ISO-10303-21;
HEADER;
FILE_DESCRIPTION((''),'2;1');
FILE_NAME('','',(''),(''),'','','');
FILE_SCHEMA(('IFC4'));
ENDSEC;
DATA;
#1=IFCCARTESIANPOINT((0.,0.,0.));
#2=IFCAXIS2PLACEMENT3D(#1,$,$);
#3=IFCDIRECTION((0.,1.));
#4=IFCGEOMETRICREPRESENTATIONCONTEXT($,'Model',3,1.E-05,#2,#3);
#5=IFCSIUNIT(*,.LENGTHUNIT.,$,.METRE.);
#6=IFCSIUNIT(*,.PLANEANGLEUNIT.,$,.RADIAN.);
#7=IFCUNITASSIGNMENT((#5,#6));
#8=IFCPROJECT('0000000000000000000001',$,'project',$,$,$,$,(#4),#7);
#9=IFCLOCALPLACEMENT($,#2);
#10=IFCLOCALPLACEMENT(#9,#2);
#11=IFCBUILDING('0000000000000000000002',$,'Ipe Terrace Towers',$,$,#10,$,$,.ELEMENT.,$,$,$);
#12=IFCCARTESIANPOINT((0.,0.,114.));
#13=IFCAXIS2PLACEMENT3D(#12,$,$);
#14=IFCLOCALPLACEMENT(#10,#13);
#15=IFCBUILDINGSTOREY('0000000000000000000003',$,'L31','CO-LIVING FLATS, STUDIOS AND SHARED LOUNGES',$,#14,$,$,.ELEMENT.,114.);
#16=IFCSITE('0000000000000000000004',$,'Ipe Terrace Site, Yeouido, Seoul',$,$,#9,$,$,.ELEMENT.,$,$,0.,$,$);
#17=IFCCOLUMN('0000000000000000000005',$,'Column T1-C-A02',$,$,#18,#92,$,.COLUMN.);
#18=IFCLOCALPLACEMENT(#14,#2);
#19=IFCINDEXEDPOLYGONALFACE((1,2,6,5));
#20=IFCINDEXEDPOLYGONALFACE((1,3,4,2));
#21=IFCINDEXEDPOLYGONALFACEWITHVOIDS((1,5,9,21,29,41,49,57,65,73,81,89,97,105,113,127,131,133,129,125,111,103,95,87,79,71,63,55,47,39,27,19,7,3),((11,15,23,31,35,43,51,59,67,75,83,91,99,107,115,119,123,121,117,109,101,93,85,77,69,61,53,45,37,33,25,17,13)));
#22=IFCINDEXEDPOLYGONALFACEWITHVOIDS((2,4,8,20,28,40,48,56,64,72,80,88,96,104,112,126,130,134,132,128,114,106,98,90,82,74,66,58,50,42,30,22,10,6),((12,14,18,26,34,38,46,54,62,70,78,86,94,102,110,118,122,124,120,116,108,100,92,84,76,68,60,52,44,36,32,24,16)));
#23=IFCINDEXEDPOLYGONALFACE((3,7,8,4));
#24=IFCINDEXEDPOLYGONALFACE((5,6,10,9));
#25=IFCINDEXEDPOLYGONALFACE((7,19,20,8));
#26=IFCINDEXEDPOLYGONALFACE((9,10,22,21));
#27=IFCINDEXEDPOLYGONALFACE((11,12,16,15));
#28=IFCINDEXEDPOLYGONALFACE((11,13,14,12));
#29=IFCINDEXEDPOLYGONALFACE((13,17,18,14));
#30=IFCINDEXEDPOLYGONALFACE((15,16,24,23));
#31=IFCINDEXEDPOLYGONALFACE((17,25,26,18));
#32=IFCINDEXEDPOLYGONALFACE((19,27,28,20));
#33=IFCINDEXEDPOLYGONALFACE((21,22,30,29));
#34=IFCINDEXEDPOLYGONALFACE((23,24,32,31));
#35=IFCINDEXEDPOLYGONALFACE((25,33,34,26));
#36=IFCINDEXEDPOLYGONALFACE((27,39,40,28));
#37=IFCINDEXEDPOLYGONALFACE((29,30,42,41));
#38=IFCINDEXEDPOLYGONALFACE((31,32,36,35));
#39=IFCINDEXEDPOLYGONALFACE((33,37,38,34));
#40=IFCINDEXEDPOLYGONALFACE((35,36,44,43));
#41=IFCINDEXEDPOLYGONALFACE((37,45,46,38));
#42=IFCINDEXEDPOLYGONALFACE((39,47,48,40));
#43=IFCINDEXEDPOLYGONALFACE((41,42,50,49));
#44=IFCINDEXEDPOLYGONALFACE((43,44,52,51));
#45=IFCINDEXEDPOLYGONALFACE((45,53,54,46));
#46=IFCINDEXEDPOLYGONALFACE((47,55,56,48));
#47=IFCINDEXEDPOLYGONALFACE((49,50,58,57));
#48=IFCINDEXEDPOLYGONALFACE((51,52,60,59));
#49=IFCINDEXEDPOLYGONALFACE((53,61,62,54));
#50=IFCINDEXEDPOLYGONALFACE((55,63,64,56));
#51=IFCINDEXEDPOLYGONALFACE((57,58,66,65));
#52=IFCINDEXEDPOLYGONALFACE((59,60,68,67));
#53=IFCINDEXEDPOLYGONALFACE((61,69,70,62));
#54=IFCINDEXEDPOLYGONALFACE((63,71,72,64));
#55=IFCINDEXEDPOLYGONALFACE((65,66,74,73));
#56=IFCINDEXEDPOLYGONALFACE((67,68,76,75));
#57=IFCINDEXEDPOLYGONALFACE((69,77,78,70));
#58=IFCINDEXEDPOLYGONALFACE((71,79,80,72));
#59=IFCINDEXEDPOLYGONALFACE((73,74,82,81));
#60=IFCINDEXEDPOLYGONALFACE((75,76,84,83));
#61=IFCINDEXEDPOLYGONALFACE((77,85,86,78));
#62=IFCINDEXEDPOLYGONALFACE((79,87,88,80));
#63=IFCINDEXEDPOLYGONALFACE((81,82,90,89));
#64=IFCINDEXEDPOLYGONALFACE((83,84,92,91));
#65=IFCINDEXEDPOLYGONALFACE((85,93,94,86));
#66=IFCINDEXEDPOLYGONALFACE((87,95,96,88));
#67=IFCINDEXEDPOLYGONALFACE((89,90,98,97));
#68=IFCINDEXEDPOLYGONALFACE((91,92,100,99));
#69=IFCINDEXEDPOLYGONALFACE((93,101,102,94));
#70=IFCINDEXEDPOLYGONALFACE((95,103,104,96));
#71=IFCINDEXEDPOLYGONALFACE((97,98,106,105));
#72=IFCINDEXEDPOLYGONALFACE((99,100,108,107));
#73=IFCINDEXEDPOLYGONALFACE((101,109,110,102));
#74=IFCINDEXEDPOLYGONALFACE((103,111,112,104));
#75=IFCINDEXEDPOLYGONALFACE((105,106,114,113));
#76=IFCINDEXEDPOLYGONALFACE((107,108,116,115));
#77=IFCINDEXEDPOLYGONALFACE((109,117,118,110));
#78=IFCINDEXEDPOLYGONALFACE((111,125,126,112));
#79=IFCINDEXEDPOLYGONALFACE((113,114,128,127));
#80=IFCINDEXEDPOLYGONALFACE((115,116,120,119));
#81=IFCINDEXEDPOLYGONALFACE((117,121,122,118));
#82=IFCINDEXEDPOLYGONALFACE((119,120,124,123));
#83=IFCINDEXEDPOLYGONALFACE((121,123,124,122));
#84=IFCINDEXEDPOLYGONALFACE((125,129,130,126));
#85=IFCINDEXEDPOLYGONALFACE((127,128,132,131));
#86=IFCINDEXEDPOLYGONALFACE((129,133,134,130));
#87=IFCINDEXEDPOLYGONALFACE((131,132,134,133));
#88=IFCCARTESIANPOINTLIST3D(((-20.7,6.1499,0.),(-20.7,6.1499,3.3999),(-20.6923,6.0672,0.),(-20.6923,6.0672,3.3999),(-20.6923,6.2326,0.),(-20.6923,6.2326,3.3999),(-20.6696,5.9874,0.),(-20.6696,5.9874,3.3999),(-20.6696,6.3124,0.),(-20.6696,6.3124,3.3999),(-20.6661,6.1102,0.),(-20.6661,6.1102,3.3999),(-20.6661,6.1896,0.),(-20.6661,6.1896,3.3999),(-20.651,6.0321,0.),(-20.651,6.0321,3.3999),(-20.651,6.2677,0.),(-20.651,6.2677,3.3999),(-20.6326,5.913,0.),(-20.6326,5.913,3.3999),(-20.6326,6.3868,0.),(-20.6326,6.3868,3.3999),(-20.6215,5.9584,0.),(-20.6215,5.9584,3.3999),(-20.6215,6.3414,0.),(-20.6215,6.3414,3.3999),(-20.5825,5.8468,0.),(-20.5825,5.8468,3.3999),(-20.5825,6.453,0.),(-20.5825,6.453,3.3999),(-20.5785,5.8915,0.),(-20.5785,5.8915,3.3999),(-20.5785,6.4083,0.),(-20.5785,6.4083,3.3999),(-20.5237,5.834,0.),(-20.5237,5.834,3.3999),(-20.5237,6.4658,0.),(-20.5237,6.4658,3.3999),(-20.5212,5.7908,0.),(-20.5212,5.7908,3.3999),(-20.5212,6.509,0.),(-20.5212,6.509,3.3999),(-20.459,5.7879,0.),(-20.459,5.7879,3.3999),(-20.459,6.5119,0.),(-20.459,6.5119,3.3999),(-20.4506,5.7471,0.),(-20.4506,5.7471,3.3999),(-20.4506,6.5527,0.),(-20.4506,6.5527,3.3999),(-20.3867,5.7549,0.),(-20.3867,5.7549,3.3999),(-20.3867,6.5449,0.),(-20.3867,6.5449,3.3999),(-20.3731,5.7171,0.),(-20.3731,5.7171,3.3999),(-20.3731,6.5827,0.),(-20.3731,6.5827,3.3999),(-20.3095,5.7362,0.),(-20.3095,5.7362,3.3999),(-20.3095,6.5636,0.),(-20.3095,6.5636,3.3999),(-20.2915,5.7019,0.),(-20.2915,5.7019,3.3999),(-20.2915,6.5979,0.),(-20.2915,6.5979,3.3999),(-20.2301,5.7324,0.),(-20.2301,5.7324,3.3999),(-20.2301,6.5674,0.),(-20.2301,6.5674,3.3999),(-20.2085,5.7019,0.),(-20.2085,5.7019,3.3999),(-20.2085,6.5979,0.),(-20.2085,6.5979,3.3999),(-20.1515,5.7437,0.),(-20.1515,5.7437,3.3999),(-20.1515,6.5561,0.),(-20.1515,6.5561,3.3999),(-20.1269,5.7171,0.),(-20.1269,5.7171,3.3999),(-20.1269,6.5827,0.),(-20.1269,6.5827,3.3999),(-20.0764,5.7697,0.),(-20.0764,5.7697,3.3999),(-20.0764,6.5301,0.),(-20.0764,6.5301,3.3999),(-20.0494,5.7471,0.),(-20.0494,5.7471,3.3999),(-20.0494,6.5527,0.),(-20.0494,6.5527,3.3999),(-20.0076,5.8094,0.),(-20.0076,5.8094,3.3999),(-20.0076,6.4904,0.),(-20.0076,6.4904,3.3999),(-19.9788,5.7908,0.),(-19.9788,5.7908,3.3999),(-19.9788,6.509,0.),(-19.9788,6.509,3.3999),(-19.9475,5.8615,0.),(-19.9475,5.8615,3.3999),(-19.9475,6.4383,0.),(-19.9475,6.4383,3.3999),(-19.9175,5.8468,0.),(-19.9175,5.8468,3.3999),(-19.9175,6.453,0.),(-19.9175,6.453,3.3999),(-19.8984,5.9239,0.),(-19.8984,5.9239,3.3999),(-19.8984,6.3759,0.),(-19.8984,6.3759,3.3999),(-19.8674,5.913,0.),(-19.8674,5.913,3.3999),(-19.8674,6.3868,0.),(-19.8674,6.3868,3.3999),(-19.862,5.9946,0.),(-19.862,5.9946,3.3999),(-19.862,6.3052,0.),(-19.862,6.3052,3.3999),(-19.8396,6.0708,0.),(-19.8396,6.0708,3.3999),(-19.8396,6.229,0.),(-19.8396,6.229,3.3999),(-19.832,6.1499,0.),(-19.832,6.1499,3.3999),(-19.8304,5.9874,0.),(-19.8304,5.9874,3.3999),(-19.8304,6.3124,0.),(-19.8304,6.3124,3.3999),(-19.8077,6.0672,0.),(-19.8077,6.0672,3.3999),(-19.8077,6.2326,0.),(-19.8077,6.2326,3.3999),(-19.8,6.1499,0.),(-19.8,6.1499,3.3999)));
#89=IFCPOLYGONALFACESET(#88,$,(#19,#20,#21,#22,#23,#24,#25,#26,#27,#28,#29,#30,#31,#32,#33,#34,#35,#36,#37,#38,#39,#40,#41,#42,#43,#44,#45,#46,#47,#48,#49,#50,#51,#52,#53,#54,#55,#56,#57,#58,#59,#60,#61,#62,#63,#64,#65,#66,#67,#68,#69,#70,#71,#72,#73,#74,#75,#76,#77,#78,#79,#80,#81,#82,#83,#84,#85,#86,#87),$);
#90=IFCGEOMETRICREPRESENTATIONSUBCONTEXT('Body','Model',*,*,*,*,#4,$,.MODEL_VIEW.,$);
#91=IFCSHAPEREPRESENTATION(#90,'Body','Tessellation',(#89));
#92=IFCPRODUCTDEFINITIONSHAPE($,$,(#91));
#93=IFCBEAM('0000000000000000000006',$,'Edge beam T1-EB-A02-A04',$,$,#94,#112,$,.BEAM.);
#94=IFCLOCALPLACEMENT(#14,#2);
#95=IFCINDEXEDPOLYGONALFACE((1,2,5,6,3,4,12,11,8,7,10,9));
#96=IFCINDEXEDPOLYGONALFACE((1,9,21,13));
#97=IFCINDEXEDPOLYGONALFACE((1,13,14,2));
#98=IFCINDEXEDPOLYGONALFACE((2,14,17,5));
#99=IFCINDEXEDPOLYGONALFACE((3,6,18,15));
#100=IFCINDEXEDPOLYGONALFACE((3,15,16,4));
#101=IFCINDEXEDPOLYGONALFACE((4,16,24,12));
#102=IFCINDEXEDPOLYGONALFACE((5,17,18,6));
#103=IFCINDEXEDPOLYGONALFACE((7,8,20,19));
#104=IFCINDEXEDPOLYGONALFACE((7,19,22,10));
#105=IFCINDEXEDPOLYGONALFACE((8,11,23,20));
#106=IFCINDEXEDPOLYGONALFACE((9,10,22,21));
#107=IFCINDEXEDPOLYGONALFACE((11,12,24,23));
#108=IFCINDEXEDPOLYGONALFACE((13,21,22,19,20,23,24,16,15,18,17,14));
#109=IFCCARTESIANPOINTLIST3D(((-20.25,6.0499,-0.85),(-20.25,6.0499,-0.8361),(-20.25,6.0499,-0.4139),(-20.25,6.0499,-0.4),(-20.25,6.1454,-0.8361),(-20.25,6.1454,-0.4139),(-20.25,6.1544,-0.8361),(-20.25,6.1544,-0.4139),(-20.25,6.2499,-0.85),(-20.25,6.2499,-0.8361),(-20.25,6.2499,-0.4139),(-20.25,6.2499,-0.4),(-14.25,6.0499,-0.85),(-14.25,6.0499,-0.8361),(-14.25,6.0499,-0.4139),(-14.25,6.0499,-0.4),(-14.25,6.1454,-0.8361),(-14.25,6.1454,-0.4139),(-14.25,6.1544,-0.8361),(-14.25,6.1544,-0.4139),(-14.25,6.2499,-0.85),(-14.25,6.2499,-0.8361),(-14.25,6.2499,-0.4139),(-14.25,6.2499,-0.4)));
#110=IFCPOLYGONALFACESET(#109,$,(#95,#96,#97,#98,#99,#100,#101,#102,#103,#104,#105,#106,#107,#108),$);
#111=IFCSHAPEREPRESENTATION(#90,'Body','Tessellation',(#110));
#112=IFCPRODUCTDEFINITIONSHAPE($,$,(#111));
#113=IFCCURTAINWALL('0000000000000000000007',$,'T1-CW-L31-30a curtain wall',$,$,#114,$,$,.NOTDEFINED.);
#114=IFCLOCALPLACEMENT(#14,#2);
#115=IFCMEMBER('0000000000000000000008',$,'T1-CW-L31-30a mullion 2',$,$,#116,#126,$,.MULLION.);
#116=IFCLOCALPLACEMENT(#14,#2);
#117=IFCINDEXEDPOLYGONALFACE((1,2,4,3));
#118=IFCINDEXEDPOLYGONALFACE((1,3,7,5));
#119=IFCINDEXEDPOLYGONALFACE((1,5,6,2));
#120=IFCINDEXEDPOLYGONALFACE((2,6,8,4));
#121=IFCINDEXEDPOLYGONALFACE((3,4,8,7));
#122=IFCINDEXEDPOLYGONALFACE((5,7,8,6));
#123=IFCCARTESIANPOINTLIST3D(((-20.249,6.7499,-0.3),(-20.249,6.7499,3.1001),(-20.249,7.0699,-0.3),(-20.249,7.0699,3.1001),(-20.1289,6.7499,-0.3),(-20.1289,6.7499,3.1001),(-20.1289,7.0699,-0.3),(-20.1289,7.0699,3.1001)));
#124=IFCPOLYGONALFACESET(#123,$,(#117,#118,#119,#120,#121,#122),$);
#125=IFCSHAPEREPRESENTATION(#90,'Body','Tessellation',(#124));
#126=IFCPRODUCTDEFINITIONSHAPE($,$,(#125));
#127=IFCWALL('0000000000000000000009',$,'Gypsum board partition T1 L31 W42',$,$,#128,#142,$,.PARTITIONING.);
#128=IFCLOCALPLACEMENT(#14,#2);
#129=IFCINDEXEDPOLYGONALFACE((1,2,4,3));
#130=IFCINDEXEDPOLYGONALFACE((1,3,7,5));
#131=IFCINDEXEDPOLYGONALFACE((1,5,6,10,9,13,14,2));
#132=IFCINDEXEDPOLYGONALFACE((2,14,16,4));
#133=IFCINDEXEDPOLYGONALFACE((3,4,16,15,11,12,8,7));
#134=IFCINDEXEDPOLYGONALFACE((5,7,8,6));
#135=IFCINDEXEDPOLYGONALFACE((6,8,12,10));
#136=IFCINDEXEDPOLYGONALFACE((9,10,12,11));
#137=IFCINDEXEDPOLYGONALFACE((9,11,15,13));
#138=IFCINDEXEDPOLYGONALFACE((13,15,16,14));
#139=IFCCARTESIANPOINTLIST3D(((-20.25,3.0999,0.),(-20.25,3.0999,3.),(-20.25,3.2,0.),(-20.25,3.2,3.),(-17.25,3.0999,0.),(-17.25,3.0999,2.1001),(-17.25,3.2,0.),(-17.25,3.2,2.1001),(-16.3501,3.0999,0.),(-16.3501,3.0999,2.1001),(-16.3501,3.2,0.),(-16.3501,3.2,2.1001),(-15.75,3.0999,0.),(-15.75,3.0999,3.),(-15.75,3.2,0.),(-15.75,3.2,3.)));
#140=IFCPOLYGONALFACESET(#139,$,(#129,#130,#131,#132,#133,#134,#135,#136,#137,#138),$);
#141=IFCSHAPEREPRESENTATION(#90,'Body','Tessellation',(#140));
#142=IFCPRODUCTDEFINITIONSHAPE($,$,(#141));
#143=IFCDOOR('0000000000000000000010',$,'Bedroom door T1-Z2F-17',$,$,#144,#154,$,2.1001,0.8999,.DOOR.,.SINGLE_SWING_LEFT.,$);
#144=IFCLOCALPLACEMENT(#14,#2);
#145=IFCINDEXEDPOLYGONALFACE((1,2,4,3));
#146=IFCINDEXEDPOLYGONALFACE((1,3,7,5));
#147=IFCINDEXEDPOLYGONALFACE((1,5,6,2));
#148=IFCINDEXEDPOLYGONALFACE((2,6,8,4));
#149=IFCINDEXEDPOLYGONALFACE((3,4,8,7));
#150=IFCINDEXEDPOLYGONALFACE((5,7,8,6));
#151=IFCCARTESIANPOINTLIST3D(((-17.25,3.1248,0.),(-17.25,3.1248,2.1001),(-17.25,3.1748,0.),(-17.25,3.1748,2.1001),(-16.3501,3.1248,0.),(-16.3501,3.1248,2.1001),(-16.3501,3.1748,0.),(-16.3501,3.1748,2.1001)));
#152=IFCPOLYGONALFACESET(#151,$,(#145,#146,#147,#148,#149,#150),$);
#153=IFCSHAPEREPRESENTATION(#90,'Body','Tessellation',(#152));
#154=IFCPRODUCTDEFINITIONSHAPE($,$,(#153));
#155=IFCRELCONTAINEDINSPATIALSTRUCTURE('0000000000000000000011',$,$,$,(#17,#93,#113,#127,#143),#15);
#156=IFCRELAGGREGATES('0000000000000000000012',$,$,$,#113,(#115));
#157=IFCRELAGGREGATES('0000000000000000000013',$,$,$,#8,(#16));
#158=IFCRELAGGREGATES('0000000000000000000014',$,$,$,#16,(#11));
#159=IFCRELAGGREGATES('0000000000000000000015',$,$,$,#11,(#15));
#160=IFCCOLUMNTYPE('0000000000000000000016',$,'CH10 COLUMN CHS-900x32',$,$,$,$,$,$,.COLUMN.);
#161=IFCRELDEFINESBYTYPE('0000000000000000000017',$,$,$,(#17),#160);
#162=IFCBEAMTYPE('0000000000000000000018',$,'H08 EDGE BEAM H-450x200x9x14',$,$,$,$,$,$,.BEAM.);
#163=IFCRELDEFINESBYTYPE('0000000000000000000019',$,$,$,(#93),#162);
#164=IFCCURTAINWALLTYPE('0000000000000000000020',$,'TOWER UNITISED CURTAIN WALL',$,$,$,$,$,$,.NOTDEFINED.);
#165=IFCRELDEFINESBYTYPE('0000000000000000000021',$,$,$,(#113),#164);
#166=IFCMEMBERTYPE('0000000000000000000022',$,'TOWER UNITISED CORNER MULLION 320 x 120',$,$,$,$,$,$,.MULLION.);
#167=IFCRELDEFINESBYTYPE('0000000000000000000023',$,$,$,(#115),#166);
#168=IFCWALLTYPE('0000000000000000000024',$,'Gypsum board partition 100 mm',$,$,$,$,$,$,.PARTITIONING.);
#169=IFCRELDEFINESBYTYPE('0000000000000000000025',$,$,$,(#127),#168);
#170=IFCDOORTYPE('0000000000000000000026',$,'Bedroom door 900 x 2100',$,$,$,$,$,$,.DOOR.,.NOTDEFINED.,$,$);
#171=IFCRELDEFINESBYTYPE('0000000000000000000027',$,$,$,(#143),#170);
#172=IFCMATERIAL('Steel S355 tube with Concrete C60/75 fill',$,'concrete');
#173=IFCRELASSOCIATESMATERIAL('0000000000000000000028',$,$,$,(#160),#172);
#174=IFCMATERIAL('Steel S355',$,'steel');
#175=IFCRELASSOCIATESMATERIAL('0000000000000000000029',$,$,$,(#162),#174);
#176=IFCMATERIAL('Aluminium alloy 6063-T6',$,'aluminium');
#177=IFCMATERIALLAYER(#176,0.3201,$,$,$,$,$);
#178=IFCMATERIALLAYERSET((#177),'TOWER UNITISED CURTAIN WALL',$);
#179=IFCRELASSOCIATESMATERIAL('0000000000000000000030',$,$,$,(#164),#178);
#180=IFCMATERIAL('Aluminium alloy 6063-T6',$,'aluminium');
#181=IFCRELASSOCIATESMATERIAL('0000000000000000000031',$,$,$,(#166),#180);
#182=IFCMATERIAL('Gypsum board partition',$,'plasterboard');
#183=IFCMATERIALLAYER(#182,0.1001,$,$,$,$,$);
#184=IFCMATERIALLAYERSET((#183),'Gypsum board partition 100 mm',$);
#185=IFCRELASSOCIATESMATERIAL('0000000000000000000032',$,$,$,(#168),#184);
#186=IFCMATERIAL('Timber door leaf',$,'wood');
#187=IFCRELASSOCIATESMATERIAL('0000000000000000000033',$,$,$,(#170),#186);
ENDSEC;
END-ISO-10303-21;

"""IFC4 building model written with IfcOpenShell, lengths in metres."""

from ifc_helpers import new_model, si_unit, direction, frame, frame_2d, origin, origin_2d, place, context, subcontext, project, spatial, rectangle, hollow_circle, i_section, extrude, material, layer, layer_set, material_profile, profile_set, type_object, element, fill, aggregate, save


model = new_model("IFC4")

# Units and contexts
model_context = context("Model", 3, precision=1e-05, world=origin(), true_north=direction((0.0, 1.0)))
body_context = subcontext(model_context, "Body", "Model", "MODEL_VIEW")
ifc_project = project(units=[si_unit("LENGTHUNIT", "METRE"), si_unit("PLANEANGLEUNIT", "RADIAN")], contexts=[model_context])

# Site, building, storey
site_placement = place(None, origin())
site = spatial("IfcSite", under=ifc_project, at=site_placement, Name="Ipe Terrace Site, Yeouido, Seoul", CompositionType="ELEMENT", RefElevation=0.0)
building_placement = place(site_placement, origin())
building = spatial("IfcBuilding", under=site, at=building_placement, Name="Ipe Terrace Towers", CompositionType="ELEMENT")
storey_placement = place(building_placement, frame((0.0, 0.0, 114.0)))
storey = spatial("IfcBuildingStorey", under=building, at=storey_placement, Name="L31", Description="CO-LIVING FLATS, STUDIOS AND SHARED LOUNGES", CompositionType="ELEMENT", Elevation=114.0)

# Column
ifc_material_1 = material(Name="Steel S355 tube with Concrete C60/75 fill", Category="concrete")
ifc_material_profile_1 = material_profile(ifc_material_1, hollow_circle(Radius=0.45, WallThickness=0.032, at=origin_2d()), Name="CHS-900x32")
ifc_profile_set_1 = profile_set([ifc_material_profile_1], Name="Steel S355 tube with Concrete C60/75 fill")
column_type = type_object("IfcColumnType", Name="CH10 COLUMN CHS-900x32", PredefinedType="COLUMN", material=ifc_profile_set_1)
column_placement = place(storey_placement, frame((-20.25, 6.1499, 0.0), z_axis=(0.0, 0.0, 1.0), x_axis=(1.0, 0.0, 0.0)))
element("IfcColumn", 1, at=column_placement, inside=storey, type_object=column_type, Name="Column T1-C-A02", PredefinedType="COLUMN", context=body_context, shape_type="SweptSolid", body=[
    extrude(hollow_circle(Radius=0.45, WallThickness=0.032, at=origin_2d()), origin(), (0.0, 0.0, 1.0), 3.3999),
])

# Beam
ifc_material_2 = material(Name="Steel S355", Category="steel")
ifc_material_profile_2 = material_profile(ifc_material_2, i_section(OverallWidth=0.2, OverallDepth=0.45, WebThickness=0.009, FlangeThickness=0.0139, at=origin_2d()), Name="H-450x200x9x14")
ifc_profile_set_2 = profile_set([ifc_material_profile_2], Name="Steel S355")
beam_type = type_object("IfcBeamType", Name="H08 EDGE BEAM H-450x200x9x14", PredefinedType="BEAM", material=ifc_profile_set_2)
beam_placement = place(storey_placement, frame((-20.25, 6.1499, -0.625), z_axis=(1.0, 0.0, 0.0), x_axis=(0.0, 1.0, 0.0)))
element("IfcBeam", 2, at=beam_placement, inside=storey, type_object=beam_type, Name="Edge beam T1-EB-A02-A04", PredefinedType="BEAM", context=body_context, shape_type="SweptSolid", body=[
    extrude(i_section(OverallWidth=0.2, OverallDepth=0.45, WebThickness=0.009, FlangeThickness=0.0139, at=origin_2d()), origin(), (0.0, 0.0, 1.0), 6.0),
])

# Curtain wall, member
ifc_material_3 = material(Name="Aluminium alloy 6063-T6", Category="aluminium")
ifc_layer_1 = layer(ifc_material_3, 0.3201)
ifc_layer_set_1 = layer_set([ifc_layer_1], Name="TOWER UNITISED CURTAIN WALL")
curtain_wall_type = type_object("IfcCurtainWallType", Name="TOWER UNITISED CURTAIN WALL", PredefinedType="NOTDEFINED", material=ifc_layer_set_1)
curtain_wall_placement = place(storey_placement, origin())
curtain_wall = element("IfcCurtainWall", 3, at=curtain_wall_placement, inside=storey, type_object=curtain_wall_type, Name="T1-CW-L31-30a curtain wall", PredefinedType="NOTDEFINED")
ifc_material_4 = material(Name="Aluminium alloy 6063-T6", Category="aluminium")
ifc_material_profile_3 = material_profile(ifc_material_4, rectangle(XDim=0.3201, YDim=0.1201, at=origin_2d()), Name="TOWER UNITISED CORNER MULLION 320 x 120")
ifc_profile_set_3 = profile_set([ifc_material_profile_3], Name="Aluminium alloy 6063-T6")
member_type = type_object("IfcMemberType", Name="TOWER UNITISED CORNER MULLION 320 x 120", PredefinedType="MULLION", material=ifc_profile_set_3)
member_placement = place(storey_placement, frame((-20.189, 6.9099, -0.3), z_axis=(0.0, 0.0, 1.0), x_axis=(0.0, 1.0, 0.0)))
member = element("IfcMember", 4, at=member_placement, type_object=member_type, Name="T1-CW-L31-30a mullion 2", PredefinedType="MULLION", context=body_context, shape_type="SweptSolid", body=[
    extrude(rectangle(XDim=0.3201, YDim=0.1201, at=origin_2d()), origin(), (0.0, 0.0, 1.0), 3.4001),
])
aggregate(curtain_wall, [member])

# Wall, opening, door
ifc_material_5 = material(Name="Gypsum board partition", Category="plasterboard")
ifc_layer_2 = layer(ifc_material_5, 0.1001)
ifc_layer_set_2 = layer_set([ifc_layer_2], Name="Gypsum board partition 100 mm")
wall_type_1 = type_object("IfcWallType", Name="Gypsum board partition 100 mm", PredefinedType="PARTITIONING", material=ifc_layer_set_2)
wall_1_placement = place(storey_placement, frame((-20.25, 3.1499, 0.0), z_axis=(0.0, 0.0, 1.0), x_axis=(1.0, 0.0, 0.0)))
wall_1 = element("IfcWall", 5, at=wall_1_placement, inside=storey, type_object=wall_type_1, Name="Gypsum board partition T1 L31 W42", PredefinedType="PARTITIONING", context=body_context, shape_type="SweptSolid", body=[
    extrude(rectangle(XDim=4.5, YDim=0.1001, at=frame_2d((2.25, 0.0))), origin(), (0.0, 0.0, 1.0), 3.0),
])
opening_1_placement = place(wall_1_placement, frame((3.0, 0.0, 0.0)))
opening_1 = element("IfcOpeningElement", 6, at=opening_1_placement, cuts=wall_1, PredefinedType="OPENING", context=body_context, shape_type="SweptSolid", body=[
    extrude(rectangle(XDim=0.8999, YDim=2.1001, at=frame_2d((0.45, 1.05))), frame((0.0, 0.0601, 0.0), z_axis=(0.0, -1.0, 0.0), x_axis=(1.0, 0.0, 0.0)), (0.0, 0.0, 1.0), 0.1201),
])
ifc_material_6 = material(Name="Timber door leaf", Category="wood")
door_type_1 = type_object("IfcDoorType", Name="Bedroom door 900 x 2100", OperationType="NOTDEFINED", PredefinedType="DOOR", material=ifc_material_6)
door_1_placement = place(opening_1_placement, origin())
door_1 = element("IfcDoor", 7, at=door_1_placement, inside=storey, type_object=door_type_1, Name="Bedroom door T1-Z2F-17", OperationType="SINGLE_SWING_LEFT", OverallHeight=2.1001, OverallWidth=0.8999, PredefinedType="DOOR", context=body_context, shape_type="SweptSolid", body=[
    extrude(rectangle(XDim=0.8999, YDim=2.1001, at=frame_2d((0.45, 1.05))), frame((0.0, 0.0249, 0.0), z_axis=(0.0, -1.0, 0.0), x_axis=(1.0, 0.0, 0.0)), (0.0, 0.0, 1.0), 0.05),
])
fill(opening_1, door_1)

save(model, "model.ifc")
